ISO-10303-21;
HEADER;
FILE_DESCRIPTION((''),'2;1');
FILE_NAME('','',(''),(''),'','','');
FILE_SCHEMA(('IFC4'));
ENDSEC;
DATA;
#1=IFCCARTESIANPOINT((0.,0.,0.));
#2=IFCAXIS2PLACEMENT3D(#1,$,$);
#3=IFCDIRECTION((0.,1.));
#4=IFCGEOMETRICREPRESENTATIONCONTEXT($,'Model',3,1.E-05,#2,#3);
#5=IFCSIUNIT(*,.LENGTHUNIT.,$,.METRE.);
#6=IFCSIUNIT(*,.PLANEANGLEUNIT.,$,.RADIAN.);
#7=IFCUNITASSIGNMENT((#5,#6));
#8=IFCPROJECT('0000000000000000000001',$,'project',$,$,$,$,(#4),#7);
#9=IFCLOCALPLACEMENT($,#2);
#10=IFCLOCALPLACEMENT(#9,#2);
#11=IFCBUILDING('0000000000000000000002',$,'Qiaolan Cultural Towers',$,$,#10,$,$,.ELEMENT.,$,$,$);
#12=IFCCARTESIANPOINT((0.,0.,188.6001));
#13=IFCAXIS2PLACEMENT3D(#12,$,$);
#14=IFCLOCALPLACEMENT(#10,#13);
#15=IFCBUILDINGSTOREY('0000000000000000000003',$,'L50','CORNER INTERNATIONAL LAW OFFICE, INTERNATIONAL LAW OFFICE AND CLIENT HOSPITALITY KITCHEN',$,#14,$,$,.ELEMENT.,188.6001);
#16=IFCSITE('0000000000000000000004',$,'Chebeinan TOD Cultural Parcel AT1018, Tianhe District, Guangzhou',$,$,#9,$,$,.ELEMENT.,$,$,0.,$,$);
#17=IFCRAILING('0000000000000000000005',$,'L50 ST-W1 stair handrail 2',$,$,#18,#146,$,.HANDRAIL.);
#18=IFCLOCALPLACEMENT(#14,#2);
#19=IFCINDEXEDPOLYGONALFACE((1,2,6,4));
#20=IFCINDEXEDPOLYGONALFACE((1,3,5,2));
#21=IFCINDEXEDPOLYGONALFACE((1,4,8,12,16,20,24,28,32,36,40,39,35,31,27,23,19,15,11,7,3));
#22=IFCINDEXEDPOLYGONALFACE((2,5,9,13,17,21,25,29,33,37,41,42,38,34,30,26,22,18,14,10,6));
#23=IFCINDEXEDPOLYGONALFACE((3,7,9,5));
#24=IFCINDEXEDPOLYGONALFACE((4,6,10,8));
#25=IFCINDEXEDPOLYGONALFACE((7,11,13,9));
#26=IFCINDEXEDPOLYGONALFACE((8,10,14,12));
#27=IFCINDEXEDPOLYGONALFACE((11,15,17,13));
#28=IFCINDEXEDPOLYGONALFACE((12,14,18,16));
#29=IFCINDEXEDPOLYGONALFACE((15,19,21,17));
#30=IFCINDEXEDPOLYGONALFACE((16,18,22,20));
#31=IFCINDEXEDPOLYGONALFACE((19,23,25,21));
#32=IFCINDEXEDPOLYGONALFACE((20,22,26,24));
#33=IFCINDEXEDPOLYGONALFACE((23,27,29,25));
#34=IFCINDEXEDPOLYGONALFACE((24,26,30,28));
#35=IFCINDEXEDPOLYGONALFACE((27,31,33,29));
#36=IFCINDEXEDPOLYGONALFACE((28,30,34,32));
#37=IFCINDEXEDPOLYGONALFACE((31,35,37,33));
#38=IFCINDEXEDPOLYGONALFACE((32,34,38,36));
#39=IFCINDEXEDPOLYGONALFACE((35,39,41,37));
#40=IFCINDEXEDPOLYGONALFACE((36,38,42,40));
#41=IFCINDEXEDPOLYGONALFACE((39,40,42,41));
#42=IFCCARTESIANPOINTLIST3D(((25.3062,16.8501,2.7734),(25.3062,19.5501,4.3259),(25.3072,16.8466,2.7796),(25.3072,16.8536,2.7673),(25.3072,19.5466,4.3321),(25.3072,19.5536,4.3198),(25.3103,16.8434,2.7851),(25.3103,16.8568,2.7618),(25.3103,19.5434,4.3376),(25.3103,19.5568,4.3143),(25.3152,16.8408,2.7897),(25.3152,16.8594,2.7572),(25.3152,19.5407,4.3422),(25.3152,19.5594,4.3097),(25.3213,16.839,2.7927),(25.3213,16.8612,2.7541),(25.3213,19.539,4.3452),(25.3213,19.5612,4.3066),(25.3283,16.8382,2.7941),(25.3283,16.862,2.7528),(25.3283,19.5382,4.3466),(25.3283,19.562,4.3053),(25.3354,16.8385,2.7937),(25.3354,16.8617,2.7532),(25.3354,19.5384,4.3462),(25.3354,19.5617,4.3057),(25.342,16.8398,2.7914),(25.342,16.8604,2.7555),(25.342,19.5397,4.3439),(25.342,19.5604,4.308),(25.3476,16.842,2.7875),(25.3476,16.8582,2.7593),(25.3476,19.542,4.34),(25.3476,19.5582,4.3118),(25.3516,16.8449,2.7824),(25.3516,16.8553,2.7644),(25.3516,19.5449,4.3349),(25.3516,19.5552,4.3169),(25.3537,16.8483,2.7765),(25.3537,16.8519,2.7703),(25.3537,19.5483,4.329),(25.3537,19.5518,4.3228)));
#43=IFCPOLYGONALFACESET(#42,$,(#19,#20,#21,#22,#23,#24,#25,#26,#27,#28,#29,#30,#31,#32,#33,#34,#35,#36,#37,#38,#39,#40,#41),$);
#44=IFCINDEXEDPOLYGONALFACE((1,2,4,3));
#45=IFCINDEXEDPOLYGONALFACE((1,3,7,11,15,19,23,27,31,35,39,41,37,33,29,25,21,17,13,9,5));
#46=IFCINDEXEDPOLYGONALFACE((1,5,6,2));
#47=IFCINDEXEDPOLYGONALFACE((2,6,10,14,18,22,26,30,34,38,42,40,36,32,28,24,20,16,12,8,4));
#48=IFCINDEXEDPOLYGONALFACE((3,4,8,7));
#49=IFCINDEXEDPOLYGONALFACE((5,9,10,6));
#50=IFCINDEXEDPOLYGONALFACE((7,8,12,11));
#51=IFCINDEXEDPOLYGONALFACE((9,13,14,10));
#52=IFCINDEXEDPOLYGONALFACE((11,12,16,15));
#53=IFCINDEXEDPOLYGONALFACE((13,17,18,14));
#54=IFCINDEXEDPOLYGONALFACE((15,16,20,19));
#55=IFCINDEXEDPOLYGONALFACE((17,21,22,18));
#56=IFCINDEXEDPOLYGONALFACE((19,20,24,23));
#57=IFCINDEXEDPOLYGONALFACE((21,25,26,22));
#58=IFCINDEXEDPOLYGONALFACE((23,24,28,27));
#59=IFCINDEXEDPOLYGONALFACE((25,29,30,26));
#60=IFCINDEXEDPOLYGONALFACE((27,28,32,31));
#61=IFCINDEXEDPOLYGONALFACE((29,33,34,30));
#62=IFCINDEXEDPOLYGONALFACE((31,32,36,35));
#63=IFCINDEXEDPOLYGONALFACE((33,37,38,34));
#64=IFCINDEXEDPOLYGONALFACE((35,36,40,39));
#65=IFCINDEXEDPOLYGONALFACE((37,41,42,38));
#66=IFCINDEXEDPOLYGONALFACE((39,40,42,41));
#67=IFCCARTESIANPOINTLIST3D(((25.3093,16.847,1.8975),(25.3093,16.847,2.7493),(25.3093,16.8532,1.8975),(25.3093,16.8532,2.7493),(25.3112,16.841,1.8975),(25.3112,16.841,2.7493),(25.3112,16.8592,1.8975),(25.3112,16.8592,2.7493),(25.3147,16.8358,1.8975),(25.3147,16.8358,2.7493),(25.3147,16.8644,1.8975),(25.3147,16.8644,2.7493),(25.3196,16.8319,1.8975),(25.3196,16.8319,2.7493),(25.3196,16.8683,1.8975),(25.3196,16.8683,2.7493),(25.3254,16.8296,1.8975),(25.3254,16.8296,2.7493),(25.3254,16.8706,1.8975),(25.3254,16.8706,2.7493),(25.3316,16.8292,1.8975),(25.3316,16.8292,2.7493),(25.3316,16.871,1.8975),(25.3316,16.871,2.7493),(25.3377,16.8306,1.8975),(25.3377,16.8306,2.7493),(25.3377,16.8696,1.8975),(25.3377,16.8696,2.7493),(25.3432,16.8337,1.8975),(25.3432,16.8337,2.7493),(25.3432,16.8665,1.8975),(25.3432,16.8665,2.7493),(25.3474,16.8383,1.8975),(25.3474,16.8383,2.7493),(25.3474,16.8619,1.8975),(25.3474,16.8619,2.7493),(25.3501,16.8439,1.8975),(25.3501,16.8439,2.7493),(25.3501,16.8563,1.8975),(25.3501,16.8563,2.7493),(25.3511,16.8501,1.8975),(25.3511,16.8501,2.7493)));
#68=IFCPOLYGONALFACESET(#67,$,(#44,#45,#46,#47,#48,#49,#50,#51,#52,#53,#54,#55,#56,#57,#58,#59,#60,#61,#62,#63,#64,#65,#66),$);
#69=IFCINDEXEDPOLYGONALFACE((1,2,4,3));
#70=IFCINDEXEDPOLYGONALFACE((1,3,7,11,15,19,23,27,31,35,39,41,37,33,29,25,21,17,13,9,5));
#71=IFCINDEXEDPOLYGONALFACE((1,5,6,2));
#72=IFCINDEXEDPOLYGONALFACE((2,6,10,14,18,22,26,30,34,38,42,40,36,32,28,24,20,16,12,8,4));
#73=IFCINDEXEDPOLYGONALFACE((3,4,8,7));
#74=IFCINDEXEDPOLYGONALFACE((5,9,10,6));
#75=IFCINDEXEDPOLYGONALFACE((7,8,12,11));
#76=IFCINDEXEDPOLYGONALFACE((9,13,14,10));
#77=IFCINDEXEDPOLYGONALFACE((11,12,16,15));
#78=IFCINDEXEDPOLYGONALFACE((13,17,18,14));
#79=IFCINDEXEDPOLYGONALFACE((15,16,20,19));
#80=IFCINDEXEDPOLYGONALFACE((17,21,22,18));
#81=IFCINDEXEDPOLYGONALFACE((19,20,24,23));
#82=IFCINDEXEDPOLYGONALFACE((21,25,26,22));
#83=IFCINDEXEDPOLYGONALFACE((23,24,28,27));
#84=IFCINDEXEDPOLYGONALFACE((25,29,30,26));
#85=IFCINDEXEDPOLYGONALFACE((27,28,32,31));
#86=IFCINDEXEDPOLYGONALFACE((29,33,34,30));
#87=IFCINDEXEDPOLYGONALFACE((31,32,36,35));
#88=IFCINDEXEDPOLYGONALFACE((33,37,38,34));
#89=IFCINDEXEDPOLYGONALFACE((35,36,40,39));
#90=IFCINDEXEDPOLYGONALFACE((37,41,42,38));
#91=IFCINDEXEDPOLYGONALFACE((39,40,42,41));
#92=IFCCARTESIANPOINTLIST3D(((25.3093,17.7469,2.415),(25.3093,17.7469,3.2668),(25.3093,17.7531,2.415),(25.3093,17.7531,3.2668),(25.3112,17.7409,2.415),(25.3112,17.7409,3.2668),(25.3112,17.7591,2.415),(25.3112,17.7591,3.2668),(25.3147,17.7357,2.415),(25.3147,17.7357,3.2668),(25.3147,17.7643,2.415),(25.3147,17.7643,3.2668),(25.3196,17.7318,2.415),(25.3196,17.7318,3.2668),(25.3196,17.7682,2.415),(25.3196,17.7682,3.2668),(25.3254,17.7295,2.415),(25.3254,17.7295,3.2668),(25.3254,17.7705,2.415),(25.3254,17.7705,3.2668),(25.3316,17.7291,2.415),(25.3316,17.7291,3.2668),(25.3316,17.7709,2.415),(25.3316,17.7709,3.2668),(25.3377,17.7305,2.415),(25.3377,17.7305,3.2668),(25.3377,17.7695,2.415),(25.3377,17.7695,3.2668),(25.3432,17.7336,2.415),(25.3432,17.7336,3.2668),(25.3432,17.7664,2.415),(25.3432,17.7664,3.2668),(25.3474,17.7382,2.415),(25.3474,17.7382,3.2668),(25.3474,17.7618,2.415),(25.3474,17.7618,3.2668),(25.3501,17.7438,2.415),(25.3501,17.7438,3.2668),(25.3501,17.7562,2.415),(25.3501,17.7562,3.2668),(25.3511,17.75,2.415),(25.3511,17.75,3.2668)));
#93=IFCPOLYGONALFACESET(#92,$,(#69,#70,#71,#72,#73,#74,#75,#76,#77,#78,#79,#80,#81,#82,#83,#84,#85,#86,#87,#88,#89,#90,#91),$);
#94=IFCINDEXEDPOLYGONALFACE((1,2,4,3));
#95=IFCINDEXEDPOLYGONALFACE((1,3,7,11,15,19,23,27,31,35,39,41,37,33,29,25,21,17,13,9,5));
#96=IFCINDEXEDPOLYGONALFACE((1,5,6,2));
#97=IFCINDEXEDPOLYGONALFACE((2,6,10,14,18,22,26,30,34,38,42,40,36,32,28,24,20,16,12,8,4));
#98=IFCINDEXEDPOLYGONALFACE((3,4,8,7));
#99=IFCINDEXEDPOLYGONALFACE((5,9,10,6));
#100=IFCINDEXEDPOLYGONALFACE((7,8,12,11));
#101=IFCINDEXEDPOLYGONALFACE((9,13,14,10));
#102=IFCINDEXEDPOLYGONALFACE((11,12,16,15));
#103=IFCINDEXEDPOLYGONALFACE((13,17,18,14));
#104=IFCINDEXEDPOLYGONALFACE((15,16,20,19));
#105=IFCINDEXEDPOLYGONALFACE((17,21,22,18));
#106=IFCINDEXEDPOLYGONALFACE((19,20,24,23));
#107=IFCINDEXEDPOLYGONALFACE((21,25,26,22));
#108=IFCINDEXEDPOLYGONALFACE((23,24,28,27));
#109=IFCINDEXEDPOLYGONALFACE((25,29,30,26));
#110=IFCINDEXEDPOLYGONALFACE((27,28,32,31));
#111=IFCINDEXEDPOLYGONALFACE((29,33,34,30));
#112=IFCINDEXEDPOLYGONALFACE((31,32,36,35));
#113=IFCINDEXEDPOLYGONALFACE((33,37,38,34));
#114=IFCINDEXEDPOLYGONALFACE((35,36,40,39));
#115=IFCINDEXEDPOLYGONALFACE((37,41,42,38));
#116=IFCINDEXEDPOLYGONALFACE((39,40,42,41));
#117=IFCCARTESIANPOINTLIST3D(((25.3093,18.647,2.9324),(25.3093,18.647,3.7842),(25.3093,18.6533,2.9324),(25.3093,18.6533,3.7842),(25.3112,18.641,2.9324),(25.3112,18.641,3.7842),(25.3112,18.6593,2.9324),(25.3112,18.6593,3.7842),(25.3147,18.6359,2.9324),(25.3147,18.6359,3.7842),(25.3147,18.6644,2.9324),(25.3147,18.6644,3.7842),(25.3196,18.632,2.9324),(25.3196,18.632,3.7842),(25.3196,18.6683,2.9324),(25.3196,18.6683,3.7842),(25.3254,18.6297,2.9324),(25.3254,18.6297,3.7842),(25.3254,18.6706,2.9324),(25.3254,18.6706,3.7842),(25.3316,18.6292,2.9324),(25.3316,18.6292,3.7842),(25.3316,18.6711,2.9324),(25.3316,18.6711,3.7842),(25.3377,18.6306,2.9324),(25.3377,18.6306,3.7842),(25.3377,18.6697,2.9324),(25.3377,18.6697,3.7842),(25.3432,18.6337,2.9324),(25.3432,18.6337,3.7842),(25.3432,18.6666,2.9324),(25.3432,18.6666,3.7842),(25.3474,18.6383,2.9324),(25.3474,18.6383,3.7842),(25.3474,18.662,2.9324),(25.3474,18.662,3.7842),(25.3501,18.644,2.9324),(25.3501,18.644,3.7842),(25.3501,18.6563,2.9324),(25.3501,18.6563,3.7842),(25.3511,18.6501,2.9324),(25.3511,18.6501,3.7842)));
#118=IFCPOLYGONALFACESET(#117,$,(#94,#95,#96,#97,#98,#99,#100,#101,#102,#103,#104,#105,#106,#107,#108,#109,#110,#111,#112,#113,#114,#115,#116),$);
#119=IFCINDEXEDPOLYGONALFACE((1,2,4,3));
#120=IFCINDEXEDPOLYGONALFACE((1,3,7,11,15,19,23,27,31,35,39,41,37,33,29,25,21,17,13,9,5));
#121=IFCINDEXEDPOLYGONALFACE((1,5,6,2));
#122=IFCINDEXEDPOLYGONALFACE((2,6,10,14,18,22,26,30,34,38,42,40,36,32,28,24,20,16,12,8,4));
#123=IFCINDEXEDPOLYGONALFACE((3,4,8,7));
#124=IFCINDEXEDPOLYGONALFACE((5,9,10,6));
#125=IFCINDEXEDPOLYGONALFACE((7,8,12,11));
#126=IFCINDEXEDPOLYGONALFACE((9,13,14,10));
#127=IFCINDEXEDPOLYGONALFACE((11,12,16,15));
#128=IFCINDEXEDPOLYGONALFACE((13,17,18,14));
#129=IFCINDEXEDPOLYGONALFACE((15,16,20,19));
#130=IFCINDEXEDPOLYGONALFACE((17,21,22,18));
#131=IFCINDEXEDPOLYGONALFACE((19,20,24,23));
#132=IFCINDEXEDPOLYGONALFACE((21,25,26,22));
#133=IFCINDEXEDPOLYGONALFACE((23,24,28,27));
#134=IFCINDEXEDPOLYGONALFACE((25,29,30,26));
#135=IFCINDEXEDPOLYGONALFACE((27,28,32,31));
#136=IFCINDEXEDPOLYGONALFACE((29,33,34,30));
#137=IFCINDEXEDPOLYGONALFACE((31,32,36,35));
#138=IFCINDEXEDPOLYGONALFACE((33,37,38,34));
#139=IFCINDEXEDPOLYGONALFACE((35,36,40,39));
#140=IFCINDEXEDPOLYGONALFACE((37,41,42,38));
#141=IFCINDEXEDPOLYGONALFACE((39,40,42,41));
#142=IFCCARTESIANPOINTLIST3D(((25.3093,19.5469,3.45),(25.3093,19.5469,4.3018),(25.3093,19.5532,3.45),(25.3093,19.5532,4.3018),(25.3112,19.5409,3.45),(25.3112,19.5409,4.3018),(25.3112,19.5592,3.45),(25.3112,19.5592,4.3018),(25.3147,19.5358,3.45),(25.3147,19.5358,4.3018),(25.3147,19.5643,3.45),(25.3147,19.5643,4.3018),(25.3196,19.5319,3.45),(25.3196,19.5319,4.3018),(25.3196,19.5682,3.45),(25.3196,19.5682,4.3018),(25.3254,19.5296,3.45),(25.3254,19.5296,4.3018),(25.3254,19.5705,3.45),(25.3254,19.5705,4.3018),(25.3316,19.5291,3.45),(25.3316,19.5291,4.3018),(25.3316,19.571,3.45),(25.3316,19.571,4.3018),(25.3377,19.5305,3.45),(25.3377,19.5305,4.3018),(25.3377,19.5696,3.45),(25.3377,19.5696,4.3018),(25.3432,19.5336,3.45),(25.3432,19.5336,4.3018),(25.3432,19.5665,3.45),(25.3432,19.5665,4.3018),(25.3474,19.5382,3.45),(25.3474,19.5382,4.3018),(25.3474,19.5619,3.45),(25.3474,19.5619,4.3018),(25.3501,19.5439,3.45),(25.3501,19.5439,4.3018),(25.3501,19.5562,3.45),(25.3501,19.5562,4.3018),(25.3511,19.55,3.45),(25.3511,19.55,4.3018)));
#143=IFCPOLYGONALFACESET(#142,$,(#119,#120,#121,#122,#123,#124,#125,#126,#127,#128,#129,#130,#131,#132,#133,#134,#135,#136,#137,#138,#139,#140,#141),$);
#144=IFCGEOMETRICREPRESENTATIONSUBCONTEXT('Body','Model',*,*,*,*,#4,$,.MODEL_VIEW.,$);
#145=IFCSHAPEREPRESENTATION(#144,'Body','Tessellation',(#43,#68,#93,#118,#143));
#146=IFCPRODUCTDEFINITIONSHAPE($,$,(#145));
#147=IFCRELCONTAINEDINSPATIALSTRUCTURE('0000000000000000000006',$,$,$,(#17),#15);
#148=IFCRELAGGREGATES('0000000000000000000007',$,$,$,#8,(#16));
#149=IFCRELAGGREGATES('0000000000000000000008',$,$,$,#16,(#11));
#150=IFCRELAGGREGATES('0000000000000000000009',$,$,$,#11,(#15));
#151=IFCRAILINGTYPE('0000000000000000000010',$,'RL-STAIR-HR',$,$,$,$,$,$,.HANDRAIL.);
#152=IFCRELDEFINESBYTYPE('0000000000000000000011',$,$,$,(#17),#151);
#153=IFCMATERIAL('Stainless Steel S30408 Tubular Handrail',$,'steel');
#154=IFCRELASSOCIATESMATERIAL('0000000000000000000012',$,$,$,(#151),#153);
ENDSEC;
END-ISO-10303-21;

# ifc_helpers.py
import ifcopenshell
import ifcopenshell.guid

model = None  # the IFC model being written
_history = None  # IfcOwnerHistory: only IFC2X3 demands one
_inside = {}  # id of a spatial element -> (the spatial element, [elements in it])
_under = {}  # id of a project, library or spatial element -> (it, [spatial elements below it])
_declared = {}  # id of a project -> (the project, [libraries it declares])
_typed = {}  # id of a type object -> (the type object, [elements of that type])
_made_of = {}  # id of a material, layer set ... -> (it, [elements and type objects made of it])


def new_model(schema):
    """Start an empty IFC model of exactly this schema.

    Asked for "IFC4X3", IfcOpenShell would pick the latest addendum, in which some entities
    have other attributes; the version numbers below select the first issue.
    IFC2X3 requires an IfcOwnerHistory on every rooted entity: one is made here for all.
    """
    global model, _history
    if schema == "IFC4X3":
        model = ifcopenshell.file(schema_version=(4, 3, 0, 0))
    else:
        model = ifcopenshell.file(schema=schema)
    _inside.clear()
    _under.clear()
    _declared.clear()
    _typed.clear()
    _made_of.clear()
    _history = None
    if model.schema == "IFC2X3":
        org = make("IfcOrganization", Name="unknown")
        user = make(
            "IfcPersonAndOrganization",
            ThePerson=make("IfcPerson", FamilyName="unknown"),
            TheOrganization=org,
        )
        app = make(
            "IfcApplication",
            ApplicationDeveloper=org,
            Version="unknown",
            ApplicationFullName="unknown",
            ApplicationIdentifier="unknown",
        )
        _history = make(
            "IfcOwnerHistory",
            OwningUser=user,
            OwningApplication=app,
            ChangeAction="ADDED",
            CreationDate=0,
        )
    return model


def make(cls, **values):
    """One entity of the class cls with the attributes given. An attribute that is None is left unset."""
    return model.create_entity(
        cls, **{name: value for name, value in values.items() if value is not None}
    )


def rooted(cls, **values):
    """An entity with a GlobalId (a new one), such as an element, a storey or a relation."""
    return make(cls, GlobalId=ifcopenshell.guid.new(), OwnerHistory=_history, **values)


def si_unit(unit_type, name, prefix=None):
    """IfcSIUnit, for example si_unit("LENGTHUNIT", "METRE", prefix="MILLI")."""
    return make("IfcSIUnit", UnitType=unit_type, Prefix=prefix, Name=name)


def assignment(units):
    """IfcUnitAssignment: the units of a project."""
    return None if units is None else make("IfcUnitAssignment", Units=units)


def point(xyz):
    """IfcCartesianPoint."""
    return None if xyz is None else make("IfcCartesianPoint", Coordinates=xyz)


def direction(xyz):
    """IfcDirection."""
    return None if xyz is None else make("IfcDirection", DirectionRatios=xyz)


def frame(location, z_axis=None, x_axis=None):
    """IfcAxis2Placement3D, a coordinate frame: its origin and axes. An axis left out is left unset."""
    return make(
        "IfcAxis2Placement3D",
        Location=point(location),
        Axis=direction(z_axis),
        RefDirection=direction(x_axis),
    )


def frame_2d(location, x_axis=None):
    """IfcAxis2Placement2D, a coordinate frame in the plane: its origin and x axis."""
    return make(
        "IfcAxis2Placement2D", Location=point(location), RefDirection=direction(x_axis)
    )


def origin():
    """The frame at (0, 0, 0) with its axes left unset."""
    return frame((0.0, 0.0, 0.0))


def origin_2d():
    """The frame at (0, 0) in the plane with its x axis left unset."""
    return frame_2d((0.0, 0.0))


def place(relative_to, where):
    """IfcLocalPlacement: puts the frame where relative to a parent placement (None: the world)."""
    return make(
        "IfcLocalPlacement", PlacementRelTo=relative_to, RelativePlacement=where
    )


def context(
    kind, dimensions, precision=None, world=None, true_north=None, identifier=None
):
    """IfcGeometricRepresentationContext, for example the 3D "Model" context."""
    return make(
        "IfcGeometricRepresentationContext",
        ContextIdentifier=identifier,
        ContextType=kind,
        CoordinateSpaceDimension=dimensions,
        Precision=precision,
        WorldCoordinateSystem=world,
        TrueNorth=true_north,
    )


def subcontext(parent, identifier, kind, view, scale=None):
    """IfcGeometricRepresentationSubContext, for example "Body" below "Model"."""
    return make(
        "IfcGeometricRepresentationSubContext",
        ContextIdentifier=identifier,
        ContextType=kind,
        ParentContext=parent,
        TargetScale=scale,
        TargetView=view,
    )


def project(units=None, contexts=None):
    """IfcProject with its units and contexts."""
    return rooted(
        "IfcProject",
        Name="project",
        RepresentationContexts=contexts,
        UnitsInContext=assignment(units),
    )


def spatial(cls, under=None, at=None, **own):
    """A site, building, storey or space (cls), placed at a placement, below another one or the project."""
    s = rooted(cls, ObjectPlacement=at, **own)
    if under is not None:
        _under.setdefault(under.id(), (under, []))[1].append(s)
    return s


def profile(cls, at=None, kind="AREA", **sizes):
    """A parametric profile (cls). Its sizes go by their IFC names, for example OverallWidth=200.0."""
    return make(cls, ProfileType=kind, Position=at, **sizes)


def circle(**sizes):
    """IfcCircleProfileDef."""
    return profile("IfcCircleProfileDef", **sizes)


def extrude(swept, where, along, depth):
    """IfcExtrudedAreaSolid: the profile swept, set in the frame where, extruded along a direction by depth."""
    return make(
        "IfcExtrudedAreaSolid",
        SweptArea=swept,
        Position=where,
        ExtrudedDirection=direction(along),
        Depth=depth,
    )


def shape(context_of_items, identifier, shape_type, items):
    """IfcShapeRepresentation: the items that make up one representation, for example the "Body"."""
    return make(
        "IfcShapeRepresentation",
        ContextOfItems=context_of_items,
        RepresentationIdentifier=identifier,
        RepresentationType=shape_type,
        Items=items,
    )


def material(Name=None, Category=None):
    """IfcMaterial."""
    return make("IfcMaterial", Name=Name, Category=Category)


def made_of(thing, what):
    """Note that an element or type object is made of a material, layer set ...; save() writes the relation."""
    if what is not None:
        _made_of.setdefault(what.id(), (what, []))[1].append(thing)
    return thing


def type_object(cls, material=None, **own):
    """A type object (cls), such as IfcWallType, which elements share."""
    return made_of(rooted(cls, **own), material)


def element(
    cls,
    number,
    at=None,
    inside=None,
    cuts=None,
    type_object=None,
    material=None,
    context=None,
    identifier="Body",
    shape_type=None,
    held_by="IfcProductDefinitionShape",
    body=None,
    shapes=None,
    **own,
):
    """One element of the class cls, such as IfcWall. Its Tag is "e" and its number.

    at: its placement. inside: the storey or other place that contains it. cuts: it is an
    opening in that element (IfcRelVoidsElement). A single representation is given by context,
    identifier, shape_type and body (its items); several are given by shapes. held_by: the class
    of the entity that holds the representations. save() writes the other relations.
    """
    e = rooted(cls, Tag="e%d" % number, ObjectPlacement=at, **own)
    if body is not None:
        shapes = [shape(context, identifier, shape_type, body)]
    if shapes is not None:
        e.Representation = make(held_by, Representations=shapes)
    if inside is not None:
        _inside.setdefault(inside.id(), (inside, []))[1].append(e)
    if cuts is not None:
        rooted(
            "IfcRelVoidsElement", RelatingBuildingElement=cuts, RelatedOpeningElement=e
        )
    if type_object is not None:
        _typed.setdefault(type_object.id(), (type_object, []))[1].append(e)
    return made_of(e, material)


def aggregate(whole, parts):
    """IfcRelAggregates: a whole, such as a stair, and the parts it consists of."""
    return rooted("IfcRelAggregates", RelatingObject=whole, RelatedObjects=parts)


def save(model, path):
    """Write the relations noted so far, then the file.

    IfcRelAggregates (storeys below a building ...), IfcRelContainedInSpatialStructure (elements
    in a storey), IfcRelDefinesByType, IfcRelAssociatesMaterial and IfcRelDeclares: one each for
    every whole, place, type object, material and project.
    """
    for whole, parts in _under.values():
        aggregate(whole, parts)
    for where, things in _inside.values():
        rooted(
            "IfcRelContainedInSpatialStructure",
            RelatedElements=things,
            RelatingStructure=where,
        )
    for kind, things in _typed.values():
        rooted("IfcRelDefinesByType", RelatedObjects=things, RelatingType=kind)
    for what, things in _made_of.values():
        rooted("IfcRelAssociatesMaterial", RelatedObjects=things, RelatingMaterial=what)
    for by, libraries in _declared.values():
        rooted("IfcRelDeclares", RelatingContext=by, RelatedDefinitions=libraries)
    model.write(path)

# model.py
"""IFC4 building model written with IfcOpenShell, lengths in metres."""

from ifc_helpers import new_model, si_unit, direction, frame, origin, origin_2d, place, context, subcontext, project, spatial, circle, extrude, material, type_object, element, save


model = new_model("IFC4")

# Units and contexts
model_context = context("Model", 3, precision=1e-05, world=origin(), true_north=direction((0.0, 1.0)))
body_context = subcontext(model_context, "Body", "Model", "MODEL_VIEW")
ifc_project = project(units=[si_unit("LENGTHUNIT", "METRE"), si_unit("PLANEANGLEUNIT", "RADIAN")], contexts=[model_context])

# Site, building, storey
site_placement = place(None, origin())
site = spatial("IfcSite", under=ifc_project, at=site_placement, Name="Chebeinan TOD Cultural Parcel AT1018, Tianhe District, Guangzhou", CompositionType="ELEMENT", RefElevation=0.0)
building_placement = place(site_placement, origin())
building = spatial("IfcBuilding", under=site, at=building_placement, Name="Qiaolan Cultural Towers", CompositionType="ELEMENT")
storey_placement = place(building_placement, frame((0.0, 0.0, 188.6001)))
storey = spatial("IfcBuildingStorey", under=building, at=storey_placement, Name="L50", Description="CORNER INTERNATIONAL LAW OFFICE, INTERNATIONAL LAW OFFICE AND CLIENT HOSPITALITY KITCHEN", CompositionType="ELEMENT", Elevation=188.6001)

# Railing
ifc_material_1 = material(Name="Stainless Steel S30408 Tubular Handrail", Category="steel")
railing_type_1 = type_object("IfcRailingType", Name="RL-STAIR-HR", PredefinedType="HANDRAIL", material=ifc_material_1)
railing_1_placement = place(storey_placement, frame((25.3301, 16.8501, 1.8975)))
element("IfcRailing", 1, at=railing_1_placement, inside=storey, type_object=railing_type_1, Name="L50 ST-W1 stair handrail 2", PredefinedType="HANDRAIL", context=body_context, shape_type="SweptSolid", body=[
    extrude(circle(Radius=0.0239, at=origin_2d()), frame((0.0, 0.0, 0.876), z_axis=(0.0, 0.866904, 0.498476), x_axis=(-1.0, 0.0, 0.0)), (0.0, 0.0, 1.0), 3.1145),
    extrude(circle(Radius=0.021, at=origin_2d()), origin(), (0.0, 0.0, 1.0), 0.8518),
    extrude(circle(Radius=0.021, at=origin_2d()), frame((0.0, 0.8999, 0.5176)), (0.0, 0.0, 1.0), 0.8518),
    extrude(circle(Radius=0.021, at=origin_2d()), frame((0.0, 1.8, 1.0349)), (0.0, 0.0, 1.0), 0.8518),
    extrude(circle(Radius=0.021, at=origin_2d()), frame((0.0, 2.7, 1.5525)), (0.0, 0.0, 1.0), 0.8518),
])

save(model, "model.ifc")
